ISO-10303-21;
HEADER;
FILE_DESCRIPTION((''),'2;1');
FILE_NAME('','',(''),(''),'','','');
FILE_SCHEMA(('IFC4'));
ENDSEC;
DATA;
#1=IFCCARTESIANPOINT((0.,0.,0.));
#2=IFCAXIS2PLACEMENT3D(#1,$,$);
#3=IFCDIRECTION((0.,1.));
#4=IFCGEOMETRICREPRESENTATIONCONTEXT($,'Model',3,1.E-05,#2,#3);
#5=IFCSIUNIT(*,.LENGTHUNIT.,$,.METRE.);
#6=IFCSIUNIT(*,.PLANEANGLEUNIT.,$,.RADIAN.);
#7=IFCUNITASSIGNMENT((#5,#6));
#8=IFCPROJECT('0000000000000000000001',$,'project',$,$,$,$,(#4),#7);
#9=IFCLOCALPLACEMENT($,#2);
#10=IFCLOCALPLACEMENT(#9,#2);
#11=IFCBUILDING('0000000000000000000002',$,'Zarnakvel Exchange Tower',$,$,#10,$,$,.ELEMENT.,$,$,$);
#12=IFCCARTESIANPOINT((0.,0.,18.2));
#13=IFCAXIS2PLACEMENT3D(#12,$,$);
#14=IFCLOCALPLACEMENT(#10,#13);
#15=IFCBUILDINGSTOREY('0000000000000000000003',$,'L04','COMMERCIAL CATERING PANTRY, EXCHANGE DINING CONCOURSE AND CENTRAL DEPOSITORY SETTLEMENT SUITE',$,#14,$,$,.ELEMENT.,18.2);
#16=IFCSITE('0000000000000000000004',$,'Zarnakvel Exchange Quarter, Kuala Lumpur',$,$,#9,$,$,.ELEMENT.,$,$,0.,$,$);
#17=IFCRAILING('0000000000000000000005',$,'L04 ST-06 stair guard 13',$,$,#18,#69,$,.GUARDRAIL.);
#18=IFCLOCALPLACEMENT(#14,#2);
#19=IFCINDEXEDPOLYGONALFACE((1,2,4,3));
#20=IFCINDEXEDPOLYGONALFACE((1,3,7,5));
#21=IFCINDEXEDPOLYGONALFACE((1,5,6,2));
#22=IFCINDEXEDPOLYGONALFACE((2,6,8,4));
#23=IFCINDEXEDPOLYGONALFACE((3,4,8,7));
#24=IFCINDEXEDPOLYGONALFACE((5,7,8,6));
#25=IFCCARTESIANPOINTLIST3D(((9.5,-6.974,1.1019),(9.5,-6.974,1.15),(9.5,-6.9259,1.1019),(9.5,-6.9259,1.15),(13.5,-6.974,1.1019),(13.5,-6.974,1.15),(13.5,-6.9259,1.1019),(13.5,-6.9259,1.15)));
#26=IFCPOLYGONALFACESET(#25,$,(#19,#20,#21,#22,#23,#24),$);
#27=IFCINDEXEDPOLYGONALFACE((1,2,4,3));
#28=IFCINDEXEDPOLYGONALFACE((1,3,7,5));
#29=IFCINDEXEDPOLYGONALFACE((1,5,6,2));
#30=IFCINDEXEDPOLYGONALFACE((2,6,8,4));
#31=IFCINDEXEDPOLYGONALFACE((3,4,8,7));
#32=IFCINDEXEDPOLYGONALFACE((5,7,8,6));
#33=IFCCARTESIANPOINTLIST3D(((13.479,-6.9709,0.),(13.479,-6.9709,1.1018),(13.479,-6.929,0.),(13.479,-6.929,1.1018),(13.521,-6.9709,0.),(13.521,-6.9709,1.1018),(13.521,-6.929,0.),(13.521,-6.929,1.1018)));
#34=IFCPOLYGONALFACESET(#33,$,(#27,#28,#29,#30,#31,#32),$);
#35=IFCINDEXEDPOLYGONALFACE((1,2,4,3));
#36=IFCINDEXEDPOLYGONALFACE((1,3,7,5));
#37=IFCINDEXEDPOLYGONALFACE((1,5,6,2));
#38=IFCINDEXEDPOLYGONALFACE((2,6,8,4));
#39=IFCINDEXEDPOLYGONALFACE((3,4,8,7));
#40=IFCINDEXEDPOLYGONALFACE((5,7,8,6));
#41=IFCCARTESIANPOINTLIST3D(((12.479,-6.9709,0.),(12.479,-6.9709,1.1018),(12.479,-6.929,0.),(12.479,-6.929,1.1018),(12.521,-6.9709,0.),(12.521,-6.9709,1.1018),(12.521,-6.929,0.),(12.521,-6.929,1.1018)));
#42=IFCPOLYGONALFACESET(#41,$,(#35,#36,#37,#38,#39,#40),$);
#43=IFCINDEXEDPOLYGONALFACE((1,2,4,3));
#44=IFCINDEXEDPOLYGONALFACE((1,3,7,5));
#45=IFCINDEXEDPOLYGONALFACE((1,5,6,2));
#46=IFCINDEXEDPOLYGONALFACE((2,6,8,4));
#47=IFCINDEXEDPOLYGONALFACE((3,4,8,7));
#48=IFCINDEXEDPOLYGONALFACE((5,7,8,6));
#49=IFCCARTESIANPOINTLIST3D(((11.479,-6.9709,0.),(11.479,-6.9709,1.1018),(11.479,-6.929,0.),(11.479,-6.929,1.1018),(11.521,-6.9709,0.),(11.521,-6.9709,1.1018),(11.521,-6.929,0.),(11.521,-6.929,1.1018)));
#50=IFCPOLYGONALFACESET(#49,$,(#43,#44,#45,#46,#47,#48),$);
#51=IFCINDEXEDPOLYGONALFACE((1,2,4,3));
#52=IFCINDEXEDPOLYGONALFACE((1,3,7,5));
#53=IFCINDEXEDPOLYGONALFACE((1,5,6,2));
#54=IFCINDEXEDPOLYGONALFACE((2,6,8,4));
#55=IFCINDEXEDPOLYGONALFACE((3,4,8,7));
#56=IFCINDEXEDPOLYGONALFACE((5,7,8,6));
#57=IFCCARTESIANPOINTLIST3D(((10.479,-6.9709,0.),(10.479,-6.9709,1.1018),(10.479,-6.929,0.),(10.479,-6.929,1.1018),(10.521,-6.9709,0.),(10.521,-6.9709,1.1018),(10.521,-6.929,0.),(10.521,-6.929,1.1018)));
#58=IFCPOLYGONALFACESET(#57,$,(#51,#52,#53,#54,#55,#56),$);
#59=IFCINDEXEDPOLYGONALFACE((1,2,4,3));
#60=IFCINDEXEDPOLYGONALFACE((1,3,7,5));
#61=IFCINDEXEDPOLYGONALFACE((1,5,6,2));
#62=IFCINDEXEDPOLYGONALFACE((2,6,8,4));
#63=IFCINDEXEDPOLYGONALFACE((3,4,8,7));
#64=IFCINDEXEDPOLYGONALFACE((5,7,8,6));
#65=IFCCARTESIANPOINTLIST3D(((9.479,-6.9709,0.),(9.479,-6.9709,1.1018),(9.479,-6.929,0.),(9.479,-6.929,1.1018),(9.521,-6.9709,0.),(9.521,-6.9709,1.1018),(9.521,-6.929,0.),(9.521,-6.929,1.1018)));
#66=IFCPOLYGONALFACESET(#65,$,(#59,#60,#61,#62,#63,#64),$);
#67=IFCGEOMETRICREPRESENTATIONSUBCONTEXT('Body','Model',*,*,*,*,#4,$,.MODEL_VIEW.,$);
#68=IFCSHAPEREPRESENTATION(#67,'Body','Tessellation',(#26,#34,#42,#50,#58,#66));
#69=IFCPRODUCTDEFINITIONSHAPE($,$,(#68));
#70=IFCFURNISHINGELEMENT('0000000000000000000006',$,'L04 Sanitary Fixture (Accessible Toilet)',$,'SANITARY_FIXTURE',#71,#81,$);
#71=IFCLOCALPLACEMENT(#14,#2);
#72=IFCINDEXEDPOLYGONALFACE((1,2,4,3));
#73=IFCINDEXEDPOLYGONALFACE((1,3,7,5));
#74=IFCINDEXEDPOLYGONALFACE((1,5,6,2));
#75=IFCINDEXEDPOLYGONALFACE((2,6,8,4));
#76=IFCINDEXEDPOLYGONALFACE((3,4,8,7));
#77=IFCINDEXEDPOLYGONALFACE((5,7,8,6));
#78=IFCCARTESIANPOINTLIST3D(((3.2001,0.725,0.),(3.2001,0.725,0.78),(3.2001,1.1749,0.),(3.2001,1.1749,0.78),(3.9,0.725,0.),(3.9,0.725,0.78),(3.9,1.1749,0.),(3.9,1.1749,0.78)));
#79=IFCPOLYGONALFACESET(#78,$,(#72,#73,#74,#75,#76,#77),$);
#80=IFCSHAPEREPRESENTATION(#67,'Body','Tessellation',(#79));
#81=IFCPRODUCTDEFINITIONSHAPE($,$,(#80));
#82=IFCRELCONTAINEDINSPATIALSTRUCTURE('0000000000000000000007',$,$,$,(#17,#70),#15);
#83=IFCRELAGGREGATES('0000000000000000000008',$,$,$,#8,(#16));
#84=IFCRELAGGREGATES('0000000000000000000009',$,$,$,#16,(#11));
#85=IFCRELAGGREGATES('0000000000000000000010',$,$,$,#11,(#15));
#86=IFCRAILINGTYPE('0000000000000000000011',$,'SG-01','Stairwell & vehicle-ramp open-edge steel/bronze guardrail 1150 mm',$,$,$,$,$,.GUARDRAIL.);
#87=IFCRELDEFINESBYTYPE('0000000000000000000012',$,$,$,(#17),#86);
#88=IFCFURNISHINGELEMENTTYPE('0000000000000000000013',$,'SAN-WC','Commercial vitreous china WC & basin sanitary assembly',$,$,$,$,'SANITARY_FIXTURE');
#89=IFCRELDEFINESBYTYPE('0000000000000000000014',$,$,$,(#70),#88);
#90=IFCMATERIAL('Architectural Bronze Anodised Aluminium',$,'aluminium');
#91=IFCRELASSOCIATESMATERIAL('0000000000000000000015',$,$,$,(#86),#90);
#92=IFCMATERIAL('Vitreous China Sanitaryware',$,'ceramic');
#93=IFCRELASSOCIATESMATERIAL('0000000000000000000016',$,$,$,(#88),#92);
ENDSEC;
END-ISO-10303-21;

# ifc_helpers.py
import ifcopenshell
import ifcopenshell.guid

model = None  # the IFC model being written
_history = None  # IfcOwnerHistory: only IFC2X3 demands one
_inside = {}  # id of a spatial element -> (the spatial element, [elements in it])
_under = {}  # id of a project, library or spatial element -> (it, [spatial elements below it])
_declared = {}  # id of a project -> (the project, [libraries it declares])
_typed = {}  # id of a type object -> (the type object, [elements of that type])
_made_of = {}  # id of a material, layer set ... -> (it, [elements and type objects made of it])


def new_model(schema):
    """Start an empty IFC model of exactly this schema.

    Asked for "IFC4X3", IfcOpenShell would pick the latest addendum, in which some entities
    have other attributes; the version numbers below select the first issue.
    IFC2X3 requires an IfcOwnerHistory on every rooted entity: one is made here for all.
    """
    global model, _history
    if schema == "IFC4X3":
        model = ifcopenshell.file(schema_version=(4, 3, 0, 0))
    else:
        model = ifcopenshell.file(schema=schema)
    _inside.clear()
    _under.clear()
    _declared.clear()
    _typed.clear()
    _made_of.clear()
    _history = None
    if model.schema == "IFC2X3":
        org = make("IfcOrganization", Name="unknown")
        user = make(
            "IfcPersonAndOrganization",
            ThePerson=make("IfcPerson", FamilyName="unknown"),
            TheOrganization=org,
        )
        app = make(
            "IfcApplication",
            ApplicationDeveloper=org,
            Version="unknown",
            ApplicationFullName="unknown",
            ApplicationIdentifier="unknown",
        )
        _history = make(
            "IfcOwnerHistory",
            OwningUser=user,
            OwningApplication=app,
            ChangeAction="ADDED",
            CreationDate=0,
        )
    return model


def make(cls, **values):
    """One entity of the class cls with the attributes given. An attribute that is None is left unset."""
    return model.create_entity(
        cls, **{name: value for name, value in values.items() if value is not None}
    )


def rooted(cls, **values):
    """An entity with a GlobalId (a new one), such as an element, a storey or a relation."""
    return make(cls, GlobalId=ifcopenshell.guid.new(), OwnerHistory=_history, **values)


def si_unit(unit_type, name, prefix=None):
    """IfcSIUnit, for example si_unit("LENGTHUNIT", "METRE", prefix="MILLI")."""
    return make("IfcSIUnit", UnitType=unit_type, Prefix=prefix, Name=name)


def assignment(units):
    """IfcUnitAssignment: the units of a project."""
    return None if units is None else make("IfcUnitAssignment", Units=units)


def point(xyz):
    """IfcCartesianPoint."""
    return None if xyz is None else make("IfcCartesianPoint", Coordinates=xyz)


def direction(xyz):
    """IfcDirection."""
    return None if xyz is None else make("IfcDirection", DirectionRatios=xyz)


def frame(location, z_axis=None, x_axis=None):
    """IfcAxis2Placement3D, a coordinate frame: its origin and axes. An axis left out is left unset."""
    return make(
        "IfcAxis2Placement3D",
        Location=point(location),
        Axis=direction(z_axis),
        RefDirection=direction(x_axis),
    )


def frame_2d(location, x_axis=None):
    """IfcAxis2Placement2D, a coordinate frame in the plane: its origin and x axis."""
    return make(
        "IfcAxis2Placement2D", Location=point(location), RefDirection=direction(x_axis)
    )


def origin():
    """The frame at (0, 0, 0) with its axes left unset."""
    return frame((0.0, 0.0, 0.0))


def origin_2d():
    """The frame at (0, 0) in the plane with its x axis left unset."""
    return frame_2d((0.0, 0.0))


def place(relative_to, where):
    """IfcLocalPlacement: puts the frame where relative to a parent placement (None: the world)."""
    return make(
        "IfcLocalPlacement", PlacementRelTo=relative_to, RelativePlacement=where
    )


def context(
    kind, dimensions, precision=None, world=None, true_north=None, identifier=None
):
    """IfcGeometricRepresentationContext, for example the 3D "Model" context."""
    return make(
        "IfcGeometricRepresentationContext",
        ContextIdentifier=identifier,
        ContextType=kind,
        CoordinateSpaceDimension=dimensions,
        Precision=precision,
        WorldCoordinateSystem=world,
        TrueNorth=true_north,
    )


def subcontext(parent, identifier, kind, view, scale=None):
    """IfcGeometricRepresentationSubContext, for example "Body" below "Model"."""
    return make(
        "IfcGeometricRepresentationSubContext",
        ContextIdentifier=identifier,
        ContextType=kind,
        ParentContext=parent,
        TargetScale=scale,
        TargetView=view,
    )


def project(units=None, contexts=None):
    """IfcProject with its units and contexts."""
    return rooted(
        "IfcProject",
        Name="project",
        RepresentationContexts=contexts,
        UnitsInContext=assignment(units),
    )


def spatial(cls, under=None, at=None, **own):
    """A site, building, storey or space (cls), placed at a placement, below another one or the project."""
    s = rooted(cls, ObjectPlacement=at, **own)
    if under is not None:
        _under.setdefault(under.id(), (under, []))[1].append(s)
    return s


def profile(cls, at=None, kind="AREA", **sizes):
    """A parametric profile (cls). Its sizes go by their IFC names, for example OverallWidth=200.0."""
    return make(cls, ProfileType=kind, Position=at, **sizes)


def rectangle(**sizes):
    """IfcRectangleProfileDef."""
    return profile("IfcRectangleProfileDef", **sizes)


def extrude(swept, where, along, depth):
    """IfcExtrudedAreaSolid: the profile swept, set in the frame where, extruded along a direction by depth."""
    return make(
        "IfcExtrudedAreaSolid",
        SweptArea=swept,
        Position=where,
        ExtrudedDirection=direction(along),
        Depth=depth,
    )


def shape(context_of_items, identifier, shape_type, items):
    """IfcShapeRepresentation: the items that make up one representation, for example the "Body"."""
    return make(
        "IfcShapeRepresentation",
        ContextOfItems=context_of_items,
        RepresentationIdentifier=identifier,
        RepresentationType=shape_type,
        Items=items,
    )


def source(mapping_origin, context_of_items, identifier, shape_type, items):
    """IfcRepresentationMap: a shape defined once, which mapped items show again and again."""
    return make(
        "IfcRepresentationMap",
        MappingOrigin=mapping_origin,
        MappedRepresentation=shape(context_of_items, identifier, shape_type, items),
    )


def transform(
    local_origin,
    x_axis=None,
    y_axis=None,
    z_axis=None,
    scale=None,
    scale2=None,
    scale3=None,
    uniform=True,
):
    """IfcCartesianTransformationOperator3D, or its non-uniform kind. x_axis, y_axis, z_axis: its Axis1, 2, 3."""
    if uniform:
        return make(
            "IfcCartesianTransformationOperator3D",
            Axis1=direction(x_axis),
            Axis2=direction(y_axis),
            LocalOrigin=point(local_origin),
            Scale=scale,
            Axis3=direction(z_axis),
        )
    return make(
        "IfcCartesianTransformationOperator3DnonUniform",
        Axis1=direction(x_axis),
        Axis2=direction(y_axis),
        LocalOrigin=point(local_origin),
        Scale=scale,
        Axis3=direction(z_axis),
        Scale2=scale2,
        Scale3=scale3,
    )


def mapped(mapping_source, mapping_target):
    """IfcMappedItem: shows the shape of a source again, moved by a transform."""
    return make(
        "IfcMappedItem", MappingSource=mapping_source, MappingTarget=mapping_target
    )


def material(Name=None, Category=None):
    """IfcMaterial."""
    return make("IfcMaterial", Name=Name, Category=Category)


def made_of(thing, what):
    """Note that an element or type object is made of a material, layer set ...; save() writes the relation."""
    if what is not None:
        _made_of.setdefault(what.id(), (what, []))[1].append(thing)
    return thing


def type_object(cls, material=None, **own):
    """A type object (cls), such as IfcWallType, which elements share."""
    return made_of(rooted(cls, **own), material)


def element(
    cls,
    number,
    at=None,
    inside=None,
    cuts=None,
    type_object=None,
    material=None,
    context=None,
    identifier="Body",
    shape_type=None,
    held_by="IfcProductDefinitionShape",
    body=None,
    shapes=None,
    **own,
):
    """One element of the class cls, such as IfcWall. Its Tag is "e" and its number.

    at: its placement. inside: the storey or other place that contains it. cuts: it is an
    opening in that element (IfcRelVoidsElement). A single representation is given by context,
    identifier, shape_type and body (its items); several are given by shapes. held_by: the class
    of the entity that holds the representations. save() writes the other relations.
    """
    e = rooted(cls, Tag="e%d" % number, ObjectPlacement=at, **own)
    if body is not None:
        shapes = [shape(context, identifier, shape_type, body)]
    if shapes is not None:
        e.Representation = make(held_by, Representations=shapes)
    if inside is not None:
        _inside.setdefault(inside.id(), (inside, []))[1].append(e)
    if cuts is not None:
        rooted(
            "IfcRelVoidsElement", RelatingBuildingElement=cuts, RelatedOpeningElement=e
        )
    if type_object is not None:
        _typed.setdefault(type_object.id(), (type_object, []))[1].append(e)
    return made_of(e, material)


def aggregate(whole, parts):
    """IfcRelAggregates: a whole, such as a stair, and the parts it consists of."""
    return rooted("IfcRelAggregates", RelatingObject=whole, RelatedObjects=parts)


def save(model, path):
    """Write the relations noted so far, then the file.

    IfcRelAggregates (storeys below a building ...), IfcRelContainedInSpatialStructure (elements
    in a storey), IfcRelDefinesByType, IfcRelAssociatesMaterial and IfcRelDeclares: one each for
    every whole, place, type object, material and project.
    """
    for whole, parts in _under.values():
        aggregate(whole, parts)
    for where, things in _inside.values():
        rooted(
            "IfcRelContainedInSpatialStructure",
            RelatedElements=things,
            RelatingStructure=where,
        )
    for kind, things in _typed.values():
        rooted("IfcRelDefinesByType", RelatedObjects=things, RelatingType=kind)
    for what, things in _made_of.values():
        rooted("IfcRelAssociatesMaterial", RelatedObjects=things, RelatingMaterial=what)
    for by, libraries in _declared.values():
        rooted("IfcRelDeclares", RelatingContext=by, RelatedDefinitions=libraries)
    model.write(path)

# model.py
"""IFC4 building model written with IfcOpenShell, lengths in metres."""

from ifc_helpers import new_model, si_unit, direction, frame, origin, origin_2d, place, context, subcontext, project, spatial, rectangle, extrude, source, transform, mapped, material, type_object, element, save


model = new_model("IFC4")

# Units and contexts
model_context = context("Model", 3, precision=1e-05, world=origin(), true_north=direction((0.0, 1.0)))
body_context = subcontext(model_context, "Body", "Model", "MODEL_VIEW")
ifc_project = project(units=[si_unit("LENGTHUNIT", "METRE"), si_unit("PLANEANGLEUNIT", "RADIAN")], contexts=[model_context])

# Site, building, storey
site_placement = place(None, origin())
site = spatial("IfcSite", under=ifc_project, at=site_placement, Name="Zarnakvel Exchange Quarter, Kuala Lumpur", CompositionType="ELEMENT", RefElevation=0.0)
building_placement = place(site_placement, origin())
building = spatial("IfcBuilding", under=site, at=building_placement, Name="Zarnakvel Exchange Tower", CompositionType="ELEMENT")
storey_placement = place(building_placement, frame((0.0, 0.0, 18.2)))
storey = spatial("IfcBuildingStorey", under=building, at=storey_placement, Name="L04", Description="COMMERCIAL CATERING PANTRY, EXCHANGE DINING CONCOURSE AND CENTRAL DEPOSITORY SETTLEMENT SUITE", CompositionType="ELEMENT", Elevation=18.2)

# Railing
ifc_material_1 = material(Name="Architectural Bronze Anodised Aluminium", Category="aluminium")
railing_type_1 = type_object("IfcRailingType", Name="SG-01", Description="Stairwell & vehicle-ramp open-edge steel/bronze guardrail 1150 mm", PredefinedType="GUARDRAIL", material=ifc_material_1)
railing_1_placement = place(storey_placement, frame((13.5, -6.95, 0.0)))
element("IfcRailing", 1, at=railing_1_placement, inside=storey, type_object=railing_type_1, Name="L04 ST-06 stair guard 13", PredefinedType="GUARDRAIL", context=body_context, shape_type="SweptSolid", body=[
    extrude(rectangle(XDim=0.0481, YDim=0.0481, at=origin_2d()), frame((0.0, 0.0, 1.126), z_axis=(-1.0, 0.0, 0.0), x_axis=(0.0, -1.0, 0.0)), (0.0, 0.0, 1.0), 4.0),
    extrude(rectangle(XDim=0.042, YDim=0.042, at=origin_2d()), origin(), (0.0, 0.0, 1.0), 1.1018),
    extrude(rectangle(XDim=0.042, YDim=0.042, at=origin_2d()), frame((-1.0, 0.0, 0.0)), (0.0, 0.0, 1.0), 1.1018),
    extrude(rectangle(XDim=0.042, YDim=0.042, at=origin_2d()), frame((-2.0, 0.0, 0.0)), (0.0, 0.0, 1.0), 1.1018),
    extrude(rectangle(XDim=0.042, YDim=0.042, at=origin_2d()), frame((-3.0, 0.0, 0.0)), (0.0, 0.0, 1.0), 1.1018),
    extrude(rectangle(XDim=0.042, YDim=0.042, at=origin_2d()), frame((-4.0, 0.0, 0.0)), (0.0, 0.0, 1.0), 1.1018),
])

# Furnishing element
ifc_material_2 = material(Name="Vitreous China Sanitaryware", Category="ceramic")
furnishing_element_type = type_object("IfcFurnishingElementType", Name="SAN-WC", Description="Commercial vitreous china WC & basin sanitary assembly", ElementType="SANITARY_FIXTURE", material=ifc_material_2)
shared_shape_1 = source(origin(), body_context, "Body", "SweptSolid", [
    extrude(rectangle(XDim=0.7, YDim=0.45, at=origin_2d()), origin(), (0.0, 0.0, 1.0), 0.78),
])
furnishing_placement = place(storey_placement, frame((3.55, 0.95, 0.0), z_axis=(0.0, 0.0, 1.0), x_axis=(1.0, 0.0, 0.0)))
element("IfcFurnishingElement", 2, at=furnishing_placement, inside=storey, type_object=furnishing_element_type, Name="L04 Sanitary Fixture (Accessible Toilet)", ObjectType="SANITARY_FIXTURE", context=body_context, shape_type="MappedRepresentation", body=[
    mapped(shared_shape_1, transform((0.0, 0.0, 0.0), x_axis=(1.0, 0.0, 0.0), y_axis=(0.0, 1.0, 0.0), z_axis=(0.0, 0.0, 1.0), scale=1.0)),
])

save(model, "model.ifc")
